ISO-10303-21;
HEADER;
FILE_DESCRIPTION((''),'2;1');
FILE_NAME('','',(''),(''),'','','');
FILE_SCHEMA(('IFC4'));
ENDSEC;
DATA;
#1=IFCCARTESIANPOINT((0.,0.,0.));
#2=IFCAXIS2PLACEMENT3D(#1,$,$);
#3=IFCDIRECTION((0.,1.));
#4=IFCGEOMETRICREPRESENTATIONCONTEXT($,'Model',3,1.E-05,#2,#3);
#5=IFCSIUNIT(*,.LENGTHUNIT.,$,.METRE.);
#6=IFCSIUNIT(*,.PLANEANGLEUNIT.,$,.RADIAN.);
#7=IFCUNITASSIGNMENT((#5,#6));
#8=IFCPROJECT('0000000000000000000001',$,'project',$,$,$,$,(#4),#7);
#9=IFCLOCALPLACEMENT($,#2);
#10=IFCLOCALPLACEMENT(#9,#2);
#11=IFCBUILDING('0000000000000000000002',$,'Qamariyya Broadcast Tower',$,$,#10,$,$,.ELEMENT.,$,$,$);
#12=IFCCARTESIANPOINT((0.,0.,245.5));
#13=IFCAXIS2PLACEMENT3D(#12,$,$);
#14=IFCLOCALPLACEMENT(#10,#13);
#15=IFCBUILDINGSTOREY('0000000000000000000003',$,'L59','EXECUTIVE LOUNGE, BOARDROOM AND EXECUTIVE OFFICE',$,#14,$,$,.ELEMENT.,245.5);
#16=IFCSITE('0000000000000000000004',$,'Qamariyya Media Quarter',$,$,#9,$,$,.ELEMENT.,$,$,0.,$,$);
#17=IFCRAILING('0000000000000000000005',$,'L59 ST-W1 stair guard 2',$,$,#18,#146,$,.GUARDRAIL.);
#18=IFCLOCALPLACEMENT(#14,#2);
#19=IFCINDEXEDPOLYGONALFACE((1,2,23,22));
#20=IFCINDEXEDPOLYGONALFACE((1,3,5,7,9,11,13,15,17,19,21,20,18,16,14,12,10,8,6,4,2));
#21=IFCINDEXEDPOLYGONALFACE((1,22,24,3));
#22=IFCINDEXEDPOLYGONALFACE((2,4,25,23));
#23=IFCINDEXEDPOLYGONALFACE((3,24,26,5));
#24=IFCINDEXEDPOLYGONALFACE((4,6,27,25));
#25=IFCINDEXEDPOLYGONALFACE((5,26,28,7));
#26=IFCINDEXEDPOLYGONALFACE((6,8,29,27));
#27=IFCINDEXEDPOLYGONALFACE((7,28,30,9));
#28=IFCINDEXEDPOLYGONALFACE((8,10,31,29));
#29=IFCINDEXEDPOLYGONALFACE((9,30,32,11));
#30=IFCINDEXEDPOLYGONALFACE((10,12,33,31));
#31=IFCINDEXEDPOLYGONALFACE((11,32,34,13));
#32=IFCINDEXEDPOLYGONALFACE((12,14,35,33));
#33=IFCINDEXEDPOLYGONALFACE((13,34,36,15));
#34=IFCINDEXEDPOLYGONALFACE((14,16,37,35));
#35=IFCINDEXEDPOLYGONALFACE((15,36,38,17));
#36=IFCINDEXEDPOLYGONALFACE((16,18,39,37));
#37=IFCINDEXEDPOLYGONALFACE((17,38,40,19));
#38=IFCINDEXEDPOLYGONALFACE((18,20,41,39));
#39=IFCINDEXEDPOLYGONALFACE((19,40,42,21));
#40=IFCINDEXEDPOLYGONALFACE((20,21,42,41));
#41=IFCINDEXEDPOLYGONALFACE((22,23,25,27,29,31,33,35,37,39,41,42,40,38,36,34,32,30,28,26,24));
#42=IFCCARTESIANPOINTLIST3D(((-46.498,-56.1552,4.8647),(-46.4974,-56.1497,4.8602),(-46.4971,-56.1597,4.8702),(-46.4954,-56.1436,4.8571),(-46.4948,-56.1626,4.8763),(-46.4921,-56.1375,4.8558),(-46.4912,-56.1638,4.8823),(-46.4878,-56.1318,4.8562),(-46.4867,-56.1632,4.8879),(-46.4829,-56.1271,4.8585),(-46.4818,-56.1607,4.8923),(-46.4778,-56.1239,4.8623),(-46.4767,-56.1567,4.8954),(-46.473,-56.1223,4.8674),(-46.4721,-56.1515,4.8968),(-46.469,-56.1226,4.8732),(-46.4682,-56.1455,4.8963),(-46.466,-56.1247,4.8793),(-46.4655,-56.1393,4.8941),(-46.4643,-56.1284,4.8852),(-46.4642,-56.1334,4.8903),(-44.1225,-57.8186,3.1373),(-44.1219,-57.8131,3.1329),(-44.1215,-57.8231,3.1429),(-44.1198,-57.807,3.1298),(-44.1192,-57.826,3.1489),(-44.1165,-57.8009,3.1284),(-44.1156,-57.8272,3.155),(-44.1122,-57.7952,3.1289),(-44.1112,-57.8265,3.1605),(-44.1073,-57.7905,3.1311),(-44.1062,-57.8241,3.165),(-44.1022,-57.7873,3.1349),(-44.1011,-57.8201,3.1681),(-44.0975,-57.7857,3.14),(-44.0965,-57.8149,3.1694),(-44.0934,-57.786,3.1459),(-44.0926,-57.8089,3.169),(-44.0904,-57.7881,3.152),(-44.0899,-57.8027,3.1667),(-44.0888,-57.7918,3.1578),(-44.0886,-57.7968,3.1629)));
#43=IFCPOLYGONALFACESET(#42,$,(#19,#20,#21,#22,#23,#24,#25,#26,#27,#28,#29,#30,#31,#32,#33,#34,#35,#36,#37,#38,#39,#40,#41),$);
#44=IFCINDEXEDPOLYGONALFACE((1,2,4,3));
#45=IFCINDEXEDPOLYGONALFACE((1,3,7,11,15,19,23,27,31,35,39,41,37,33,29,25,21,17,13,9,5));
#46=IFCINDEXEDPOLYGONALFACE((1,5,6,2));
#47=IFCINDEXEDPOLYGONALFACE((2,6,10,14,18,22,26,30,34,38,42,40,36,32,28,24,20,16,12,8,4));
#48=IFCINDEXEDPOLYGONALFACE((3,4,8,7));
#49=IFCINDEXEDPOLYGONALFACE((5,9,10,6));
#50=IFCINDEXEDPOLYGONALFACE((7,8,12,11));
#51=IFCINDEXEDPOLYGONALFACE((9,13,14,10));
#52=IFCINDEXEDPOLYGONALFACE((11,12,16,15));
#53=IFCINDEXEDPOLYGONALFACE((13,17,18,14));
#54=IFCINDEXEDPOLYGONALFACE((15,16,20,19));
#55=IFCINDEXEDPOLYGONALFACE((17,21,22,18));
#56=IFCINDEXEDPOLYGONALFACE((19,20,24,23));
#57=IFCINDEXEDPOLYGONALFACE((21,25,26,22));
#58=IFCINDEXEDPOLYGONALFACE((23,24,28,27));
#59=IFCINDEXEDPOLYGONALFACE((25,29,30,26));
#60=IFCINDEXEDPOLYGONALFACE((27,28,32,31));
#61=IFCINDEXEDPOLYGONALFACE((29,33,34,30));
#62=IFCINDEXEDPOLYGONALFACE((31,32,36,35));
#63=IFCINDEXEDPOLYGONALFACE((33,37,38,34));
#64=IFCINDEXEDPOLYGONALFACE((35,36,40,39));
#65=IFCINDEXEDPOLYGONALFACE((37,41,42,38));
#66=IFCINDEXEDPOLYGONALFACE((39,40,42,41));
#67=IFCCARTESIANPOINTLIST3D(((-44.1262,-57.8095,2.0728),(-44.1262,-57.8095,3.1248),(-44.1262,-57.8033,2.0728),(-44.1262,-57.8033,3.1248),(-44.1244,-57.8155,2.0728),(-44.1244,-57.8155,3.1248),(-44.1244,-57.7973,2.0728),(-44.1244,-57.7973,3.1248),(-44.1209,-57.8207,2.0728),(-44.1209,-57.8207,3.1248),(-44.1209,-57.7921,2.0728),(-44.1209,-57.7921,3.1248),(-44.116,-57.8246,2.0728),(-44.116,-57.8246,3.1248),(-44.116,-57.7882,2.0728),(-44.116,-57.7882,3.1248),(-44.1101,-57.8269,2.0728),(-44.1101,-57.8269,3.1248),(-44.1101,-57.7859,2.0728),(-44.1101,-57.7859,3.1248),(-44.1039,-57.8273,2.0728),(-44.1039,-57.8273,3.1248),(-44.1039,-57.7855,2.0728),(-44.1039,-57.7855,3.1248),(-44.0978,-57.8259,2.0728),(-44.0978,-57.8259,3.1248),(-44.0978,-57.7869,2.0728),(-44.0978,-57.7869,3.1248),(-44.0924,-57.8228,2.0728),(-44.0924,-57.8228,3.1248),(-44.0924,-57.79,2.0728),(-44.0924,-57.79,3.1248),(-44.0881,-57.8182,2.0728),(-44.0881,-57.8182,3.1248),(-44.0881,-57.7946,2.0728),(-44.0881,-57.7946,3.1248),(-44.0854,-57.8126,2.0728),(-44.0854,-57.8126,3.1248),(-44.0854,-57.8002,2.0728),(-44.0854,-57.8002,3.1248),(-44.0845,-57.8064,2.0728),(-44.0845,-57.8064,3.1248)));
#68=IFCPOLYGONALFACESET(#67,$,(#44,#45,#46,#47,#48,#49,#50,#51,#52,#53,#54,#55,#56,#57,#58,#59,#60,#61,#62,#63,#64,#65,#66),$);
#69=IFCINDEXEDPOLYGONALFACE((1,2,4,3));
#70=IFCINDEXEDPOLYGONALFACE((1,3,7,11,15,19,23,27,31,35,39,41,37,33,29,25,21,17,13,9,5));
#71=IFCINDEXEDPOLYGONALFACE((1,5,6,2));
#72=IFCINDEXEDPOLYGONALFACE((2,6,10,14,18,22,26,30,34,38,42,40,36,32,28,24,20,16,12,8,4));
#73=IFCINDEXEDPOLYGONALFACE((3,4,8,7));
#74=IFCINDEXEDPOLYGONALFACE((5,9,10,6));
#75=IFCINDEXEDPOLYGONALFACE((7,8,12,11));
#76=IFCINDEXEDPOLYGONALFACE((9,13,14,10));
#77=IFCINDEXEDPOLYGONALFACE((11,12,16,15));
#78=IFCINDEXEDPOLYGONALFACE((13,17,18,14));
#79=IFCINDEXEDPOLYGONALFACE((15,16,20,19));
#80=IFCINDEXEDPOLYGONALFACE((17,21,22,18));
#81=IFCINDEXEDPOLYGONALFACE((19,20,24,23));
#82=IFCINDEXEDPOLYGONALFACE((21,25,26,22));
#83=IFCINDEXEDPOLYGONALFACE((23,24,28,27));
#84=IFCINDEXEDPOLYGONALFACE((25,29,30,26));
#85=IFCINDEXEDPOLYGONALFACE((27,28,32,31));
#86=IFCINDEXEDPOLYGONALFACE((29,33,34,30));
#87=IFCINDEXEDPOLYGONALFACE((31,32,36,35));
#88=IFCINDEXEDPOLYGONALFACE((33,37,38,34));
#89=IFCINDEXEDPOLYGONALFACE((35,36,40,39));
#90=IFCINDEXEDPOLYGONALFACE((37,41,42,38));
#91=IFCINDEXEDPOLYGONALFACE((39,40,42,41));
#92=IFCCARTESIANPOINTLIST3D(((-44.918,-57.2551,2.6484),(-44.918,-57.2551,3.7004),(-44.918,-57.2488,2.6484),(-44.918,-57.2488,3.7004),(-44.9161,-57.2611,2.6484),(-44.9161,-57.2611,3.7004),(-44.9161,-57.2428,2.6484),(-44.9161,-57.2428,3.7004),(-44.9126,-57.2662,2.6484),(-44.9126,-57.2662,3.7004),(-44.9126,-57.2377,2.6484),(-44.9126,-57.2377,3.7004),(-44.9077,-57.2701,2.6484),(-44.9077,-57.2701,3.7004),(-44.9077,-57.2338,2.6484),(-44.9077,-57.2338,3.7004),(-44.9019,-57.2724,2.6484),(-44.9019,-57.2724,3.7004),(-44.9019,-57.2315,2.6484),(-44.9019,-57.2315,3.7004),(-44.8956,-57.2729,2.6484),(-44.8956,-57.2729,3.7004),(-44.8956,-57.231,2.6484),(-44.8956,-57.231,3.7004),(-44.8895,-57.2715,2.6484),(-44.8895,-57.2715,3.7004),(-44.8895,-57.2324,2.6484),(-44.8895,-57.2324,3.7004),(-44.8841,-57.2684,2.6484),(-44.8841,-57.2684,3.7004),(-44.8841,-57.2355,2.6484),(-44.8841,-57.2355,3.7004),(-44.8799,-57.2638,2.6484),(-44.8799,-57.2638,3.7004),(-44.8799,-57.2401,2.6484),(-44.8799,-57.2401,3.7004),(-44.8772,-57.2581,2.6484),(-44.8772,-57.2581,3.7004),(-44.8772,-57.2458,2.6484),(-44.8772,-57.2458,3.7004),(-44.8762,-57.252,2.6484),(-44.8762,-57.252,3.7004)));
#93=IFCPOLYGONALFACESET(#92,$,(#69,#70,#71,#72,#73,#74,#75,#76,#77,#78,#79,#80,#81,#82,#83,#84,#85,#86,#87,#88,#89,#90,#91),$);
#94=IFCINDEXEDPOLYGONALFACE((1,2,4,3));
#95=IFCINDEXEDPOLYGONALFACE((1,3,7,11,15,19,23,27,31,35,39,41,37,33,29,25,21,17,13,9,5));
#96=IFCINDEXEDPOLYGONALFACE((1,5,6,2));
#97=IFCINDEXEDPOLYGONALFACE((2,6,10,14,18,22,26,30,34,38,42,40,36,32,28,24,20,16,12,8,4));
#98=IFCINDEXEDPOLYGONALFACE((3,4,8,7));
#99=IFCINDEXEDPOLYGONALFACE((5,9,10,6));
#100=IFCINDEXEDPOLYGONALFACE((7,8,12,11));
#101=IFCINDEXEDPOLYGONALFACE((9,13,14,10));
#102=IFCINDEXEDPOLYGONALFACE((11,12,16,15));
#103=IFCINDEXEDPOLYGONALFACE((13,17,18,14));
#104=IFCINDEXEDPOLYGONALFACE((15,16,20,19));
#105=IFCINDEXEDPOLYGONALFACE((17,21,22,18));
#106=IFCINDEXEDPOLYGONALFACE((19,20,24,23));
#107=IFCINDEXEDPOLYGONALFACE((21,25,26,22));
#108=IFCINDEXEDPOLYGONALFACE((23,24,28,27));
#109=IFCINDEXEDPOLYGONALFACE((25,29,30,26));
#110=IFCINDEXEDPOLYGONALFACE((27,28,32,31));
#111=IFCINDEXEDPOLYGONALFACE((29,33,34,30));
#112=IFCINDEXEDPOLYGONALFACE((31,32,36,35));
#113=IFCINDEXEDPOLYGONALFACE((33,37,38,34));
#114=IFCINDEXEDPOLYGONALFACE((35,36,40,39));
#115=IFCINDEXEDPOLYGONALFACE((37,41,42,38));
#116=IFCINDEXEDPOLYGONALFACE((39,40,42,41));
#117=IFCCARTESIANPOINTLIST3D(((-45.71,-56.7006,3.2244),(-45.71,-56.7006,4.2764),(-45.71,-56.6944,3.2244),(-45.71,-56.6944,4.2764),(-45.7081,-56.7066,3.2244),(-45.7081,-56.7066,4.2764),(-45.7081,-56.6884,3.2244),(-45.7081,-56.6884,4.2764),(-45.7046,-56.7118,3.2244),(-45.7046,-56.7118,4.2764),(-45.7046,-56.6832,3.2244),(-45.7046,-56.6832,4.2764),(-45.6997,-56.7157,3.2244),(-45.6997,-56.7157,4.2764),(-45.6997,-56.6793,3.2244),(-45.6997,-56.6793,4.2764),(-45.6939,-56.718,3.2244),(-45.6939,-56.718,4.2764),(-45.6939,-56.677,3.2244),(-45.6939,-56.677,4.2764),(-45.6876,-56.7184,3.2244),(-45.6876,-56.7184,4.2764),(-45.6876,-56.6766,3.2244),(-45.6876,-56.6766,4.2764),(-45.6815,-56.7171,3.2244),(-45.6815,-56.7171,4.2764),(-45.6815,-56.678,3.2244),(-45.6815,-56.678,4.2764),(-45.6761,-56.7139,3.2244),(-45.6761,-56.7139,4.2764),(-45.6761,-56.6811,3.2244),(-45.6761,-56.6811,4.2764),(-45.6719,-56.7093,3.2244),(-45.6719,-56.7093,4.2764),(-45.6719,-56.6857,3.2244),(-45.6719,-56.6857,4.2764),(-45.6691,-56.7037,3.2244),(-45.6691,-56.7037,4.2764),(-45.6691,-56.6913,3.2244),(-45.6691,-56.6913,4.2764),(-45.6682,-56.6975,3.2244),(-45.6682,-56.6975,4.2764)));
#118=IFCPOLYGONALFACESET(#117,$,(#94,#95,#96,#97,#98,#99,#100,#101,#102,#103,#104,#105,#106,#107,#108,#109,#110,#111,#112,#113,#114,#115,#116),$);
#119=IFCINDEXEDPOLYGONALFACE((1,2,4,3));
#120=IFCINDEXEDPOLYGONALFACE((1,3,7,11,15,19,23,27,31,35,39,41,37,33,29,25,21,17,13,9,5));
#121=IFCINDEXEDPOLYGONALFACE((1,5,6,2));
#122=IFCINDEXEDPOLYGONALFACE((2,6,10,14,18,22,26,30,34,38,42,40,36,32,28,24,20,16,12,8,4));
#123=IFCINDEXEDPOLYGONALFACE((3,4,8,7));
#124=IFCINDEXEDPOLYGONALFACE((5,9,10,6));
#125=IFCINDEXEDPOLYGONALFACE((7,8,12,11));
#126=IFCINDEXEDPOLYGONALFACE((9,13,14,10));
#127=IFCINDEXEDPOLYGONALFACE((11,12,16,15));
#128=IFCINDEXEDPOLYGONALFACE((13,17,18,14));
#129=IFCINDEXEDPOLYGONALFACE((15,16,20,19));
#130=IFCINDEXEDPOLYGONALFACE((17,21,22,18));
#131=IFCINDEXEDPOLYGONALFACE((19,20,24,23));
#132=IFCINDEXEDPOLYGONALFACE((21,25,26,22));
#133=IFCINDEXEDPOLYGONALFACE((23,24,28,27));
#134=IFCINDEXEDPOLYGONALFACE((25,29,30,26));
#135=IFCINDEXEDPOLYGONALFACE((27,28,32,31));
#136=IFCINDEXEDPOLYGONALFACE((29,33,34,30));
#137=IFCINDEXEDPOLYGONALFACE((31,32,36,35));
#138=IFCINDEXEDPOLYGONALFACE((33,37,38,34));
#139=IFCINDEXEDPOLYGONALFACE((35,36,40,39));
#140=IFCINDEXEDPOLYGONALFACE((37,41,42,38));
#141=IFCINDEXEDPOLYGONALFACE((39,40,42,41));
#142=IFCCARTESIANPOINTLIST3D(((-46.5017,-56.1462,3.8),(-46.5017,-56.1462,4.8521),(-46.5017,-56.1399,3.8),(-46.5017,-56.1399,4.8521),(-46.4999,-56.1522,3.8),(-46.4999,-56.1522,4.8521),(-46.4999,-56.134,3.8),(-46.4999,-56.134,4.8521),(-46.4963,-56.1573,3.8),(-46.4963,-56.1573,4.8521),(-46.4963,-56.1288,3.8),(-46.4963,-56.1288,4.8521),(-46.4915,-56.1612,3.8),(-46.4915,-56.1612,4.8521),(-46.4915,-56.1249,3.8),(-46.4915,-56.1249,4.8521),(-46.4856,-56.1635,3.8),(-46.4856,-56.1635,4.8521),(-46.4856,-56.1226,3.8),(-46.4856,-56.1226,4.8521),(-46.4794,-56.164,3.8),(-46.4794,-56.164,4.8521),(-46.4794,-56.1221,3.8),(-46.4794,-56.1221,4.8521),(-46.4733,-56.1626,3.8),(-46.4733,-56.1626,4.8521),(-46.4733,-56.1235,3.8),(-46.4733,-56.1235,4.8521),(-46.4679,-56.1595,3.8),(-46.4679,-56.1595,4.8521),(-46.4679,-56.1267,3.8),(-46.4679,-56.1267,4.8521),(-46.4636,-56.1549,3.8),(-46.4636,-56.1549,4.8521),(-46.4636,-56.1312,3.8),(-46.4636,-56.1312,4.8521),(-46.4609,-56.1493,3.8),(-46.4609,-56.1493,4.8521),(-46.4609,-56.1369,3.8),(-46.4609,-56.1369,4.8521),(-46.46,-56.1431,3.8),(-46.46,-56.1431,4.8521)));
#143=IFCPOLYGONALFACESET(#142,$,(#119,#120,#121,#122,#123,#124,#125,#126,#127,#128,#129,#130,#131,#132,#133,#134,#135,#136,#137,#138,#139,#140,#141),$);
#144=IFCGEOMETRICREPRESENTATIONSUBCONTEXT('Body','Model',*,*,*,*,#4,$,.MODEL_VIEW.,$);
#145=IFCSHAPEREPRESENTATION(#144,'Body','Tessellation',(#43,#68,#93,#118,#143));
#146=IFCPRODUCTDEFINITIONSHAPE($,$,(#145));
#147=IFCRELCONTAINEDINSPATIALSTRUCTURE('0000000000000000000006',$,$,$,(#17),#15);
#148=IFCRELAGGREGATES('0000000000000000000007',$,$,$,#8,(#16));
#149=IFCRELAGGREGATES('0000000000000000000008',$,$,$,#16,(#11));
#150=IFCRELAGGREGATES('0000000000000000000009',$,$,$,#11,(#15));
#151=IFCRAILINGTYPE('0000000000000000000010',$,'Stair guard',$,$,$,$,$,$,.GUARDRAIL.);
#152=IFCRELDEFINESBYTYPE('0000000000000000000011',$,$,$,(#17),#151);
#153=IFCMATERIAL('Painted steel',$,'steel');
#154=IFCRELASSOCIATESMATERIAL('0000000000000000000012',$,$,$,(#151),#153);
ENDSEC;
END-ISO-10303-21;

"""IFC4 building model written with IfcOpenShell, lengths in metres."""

from ifc_helpers import new_model, si_unit, direction, frame, origin, origin_2d, place, context, subcontext, project, spatial, circle, extrude, material, type_object, element, save


model = new_model("IFC4")

# Units and contexts
model_context = context("Model", 3, precision=1e-05, world=origin(), true_north=direction((0.0, 1.0)))
body_context = subcontext(model_context, "Body", "Model", "MODEL_VIEW")
ifc_project = project(units=[si_unit("LENGTHUNIT", "METRE"), si_unit("PLANEANGLEUNIT", "RADIAN")], contexts=[model_context])

# Site, building, storey
site_placement = place(None, origin())
site = spatial("IfcSite", under=ifc_project, at=site_placement, Name="Qamariyya Media Quarter", CompositionType="ELEMENT", RefElevation=0.0)
building_placement = place(site_placement, origin())
building = spatial("IfcBuilding", under=site, at=building_placement, Name="Qamariyya Broadcast Tower", CompositionType="ELEMENT")
storey_placement = place(building_placement, frame((0.0, 0.0, 245.5)))
storey = spatial("IfcBuildingStorey", under=building, at=storey_placement, Name="L59", Description="EXECUTIVE LOUNGE, BOARDROOM AND EXECUTIVE OFFICE", CompositionType="ELEMENT", Elevation=245.5)

# Railing
ifc_material_1 = material(Name="Painted steel", Category="steel")
railing_type_1 = type_object("IfcRailingType", Name="Stair guard", PredefinedType="GUARDRAIL", material=ifc_material_1)
railing_1_placement = place(storey_placement, frame((-44.1055, -57.8064, 2.0728)))
element("IfcRailing", 1, at=railing_1_placement, inside=storey, type_object=railing_type_1, Name="L59 ST-W1 stair guard 2", PredefinedType="GUARDRAIL", context=body_context, shape_type="SweptSolid", body=[
    extrude(circle(Radius=0.0239, at=origin_2d()), frame((0.0, 0.0, 1.0762), z_axis=(-0.70377, 0.492784, 0.511734), x_axis=(-0.573575, -0.819153, 0.0)), (0.0, 0.0, 1.0), 3.3755),
    extrude(circle(Radius=0.021, at=origin_2d()), origin(), (0.0, 0.0, 1.0), 1.052),
    extrude(circle(Radius=0.021, at=origin_2d()), frame((-0.7917, 0.5544, 0.5757)), (0.0, 0.0, 1.0), 1.052),
    extrude(circle(Radius=0.021, at=origin_2d()), frame((-1.5837, 1.1089, 1.1516)), (0.0, 0.0, 1.0), 1.052),
    extrude(circle(Radius=0.021, at=origin_2d()), frame((-2.3755, 1.6633, 1.7273)), (0.0, 0.0, 1.0), 1.052),
])

save(model, "model.ifc")
